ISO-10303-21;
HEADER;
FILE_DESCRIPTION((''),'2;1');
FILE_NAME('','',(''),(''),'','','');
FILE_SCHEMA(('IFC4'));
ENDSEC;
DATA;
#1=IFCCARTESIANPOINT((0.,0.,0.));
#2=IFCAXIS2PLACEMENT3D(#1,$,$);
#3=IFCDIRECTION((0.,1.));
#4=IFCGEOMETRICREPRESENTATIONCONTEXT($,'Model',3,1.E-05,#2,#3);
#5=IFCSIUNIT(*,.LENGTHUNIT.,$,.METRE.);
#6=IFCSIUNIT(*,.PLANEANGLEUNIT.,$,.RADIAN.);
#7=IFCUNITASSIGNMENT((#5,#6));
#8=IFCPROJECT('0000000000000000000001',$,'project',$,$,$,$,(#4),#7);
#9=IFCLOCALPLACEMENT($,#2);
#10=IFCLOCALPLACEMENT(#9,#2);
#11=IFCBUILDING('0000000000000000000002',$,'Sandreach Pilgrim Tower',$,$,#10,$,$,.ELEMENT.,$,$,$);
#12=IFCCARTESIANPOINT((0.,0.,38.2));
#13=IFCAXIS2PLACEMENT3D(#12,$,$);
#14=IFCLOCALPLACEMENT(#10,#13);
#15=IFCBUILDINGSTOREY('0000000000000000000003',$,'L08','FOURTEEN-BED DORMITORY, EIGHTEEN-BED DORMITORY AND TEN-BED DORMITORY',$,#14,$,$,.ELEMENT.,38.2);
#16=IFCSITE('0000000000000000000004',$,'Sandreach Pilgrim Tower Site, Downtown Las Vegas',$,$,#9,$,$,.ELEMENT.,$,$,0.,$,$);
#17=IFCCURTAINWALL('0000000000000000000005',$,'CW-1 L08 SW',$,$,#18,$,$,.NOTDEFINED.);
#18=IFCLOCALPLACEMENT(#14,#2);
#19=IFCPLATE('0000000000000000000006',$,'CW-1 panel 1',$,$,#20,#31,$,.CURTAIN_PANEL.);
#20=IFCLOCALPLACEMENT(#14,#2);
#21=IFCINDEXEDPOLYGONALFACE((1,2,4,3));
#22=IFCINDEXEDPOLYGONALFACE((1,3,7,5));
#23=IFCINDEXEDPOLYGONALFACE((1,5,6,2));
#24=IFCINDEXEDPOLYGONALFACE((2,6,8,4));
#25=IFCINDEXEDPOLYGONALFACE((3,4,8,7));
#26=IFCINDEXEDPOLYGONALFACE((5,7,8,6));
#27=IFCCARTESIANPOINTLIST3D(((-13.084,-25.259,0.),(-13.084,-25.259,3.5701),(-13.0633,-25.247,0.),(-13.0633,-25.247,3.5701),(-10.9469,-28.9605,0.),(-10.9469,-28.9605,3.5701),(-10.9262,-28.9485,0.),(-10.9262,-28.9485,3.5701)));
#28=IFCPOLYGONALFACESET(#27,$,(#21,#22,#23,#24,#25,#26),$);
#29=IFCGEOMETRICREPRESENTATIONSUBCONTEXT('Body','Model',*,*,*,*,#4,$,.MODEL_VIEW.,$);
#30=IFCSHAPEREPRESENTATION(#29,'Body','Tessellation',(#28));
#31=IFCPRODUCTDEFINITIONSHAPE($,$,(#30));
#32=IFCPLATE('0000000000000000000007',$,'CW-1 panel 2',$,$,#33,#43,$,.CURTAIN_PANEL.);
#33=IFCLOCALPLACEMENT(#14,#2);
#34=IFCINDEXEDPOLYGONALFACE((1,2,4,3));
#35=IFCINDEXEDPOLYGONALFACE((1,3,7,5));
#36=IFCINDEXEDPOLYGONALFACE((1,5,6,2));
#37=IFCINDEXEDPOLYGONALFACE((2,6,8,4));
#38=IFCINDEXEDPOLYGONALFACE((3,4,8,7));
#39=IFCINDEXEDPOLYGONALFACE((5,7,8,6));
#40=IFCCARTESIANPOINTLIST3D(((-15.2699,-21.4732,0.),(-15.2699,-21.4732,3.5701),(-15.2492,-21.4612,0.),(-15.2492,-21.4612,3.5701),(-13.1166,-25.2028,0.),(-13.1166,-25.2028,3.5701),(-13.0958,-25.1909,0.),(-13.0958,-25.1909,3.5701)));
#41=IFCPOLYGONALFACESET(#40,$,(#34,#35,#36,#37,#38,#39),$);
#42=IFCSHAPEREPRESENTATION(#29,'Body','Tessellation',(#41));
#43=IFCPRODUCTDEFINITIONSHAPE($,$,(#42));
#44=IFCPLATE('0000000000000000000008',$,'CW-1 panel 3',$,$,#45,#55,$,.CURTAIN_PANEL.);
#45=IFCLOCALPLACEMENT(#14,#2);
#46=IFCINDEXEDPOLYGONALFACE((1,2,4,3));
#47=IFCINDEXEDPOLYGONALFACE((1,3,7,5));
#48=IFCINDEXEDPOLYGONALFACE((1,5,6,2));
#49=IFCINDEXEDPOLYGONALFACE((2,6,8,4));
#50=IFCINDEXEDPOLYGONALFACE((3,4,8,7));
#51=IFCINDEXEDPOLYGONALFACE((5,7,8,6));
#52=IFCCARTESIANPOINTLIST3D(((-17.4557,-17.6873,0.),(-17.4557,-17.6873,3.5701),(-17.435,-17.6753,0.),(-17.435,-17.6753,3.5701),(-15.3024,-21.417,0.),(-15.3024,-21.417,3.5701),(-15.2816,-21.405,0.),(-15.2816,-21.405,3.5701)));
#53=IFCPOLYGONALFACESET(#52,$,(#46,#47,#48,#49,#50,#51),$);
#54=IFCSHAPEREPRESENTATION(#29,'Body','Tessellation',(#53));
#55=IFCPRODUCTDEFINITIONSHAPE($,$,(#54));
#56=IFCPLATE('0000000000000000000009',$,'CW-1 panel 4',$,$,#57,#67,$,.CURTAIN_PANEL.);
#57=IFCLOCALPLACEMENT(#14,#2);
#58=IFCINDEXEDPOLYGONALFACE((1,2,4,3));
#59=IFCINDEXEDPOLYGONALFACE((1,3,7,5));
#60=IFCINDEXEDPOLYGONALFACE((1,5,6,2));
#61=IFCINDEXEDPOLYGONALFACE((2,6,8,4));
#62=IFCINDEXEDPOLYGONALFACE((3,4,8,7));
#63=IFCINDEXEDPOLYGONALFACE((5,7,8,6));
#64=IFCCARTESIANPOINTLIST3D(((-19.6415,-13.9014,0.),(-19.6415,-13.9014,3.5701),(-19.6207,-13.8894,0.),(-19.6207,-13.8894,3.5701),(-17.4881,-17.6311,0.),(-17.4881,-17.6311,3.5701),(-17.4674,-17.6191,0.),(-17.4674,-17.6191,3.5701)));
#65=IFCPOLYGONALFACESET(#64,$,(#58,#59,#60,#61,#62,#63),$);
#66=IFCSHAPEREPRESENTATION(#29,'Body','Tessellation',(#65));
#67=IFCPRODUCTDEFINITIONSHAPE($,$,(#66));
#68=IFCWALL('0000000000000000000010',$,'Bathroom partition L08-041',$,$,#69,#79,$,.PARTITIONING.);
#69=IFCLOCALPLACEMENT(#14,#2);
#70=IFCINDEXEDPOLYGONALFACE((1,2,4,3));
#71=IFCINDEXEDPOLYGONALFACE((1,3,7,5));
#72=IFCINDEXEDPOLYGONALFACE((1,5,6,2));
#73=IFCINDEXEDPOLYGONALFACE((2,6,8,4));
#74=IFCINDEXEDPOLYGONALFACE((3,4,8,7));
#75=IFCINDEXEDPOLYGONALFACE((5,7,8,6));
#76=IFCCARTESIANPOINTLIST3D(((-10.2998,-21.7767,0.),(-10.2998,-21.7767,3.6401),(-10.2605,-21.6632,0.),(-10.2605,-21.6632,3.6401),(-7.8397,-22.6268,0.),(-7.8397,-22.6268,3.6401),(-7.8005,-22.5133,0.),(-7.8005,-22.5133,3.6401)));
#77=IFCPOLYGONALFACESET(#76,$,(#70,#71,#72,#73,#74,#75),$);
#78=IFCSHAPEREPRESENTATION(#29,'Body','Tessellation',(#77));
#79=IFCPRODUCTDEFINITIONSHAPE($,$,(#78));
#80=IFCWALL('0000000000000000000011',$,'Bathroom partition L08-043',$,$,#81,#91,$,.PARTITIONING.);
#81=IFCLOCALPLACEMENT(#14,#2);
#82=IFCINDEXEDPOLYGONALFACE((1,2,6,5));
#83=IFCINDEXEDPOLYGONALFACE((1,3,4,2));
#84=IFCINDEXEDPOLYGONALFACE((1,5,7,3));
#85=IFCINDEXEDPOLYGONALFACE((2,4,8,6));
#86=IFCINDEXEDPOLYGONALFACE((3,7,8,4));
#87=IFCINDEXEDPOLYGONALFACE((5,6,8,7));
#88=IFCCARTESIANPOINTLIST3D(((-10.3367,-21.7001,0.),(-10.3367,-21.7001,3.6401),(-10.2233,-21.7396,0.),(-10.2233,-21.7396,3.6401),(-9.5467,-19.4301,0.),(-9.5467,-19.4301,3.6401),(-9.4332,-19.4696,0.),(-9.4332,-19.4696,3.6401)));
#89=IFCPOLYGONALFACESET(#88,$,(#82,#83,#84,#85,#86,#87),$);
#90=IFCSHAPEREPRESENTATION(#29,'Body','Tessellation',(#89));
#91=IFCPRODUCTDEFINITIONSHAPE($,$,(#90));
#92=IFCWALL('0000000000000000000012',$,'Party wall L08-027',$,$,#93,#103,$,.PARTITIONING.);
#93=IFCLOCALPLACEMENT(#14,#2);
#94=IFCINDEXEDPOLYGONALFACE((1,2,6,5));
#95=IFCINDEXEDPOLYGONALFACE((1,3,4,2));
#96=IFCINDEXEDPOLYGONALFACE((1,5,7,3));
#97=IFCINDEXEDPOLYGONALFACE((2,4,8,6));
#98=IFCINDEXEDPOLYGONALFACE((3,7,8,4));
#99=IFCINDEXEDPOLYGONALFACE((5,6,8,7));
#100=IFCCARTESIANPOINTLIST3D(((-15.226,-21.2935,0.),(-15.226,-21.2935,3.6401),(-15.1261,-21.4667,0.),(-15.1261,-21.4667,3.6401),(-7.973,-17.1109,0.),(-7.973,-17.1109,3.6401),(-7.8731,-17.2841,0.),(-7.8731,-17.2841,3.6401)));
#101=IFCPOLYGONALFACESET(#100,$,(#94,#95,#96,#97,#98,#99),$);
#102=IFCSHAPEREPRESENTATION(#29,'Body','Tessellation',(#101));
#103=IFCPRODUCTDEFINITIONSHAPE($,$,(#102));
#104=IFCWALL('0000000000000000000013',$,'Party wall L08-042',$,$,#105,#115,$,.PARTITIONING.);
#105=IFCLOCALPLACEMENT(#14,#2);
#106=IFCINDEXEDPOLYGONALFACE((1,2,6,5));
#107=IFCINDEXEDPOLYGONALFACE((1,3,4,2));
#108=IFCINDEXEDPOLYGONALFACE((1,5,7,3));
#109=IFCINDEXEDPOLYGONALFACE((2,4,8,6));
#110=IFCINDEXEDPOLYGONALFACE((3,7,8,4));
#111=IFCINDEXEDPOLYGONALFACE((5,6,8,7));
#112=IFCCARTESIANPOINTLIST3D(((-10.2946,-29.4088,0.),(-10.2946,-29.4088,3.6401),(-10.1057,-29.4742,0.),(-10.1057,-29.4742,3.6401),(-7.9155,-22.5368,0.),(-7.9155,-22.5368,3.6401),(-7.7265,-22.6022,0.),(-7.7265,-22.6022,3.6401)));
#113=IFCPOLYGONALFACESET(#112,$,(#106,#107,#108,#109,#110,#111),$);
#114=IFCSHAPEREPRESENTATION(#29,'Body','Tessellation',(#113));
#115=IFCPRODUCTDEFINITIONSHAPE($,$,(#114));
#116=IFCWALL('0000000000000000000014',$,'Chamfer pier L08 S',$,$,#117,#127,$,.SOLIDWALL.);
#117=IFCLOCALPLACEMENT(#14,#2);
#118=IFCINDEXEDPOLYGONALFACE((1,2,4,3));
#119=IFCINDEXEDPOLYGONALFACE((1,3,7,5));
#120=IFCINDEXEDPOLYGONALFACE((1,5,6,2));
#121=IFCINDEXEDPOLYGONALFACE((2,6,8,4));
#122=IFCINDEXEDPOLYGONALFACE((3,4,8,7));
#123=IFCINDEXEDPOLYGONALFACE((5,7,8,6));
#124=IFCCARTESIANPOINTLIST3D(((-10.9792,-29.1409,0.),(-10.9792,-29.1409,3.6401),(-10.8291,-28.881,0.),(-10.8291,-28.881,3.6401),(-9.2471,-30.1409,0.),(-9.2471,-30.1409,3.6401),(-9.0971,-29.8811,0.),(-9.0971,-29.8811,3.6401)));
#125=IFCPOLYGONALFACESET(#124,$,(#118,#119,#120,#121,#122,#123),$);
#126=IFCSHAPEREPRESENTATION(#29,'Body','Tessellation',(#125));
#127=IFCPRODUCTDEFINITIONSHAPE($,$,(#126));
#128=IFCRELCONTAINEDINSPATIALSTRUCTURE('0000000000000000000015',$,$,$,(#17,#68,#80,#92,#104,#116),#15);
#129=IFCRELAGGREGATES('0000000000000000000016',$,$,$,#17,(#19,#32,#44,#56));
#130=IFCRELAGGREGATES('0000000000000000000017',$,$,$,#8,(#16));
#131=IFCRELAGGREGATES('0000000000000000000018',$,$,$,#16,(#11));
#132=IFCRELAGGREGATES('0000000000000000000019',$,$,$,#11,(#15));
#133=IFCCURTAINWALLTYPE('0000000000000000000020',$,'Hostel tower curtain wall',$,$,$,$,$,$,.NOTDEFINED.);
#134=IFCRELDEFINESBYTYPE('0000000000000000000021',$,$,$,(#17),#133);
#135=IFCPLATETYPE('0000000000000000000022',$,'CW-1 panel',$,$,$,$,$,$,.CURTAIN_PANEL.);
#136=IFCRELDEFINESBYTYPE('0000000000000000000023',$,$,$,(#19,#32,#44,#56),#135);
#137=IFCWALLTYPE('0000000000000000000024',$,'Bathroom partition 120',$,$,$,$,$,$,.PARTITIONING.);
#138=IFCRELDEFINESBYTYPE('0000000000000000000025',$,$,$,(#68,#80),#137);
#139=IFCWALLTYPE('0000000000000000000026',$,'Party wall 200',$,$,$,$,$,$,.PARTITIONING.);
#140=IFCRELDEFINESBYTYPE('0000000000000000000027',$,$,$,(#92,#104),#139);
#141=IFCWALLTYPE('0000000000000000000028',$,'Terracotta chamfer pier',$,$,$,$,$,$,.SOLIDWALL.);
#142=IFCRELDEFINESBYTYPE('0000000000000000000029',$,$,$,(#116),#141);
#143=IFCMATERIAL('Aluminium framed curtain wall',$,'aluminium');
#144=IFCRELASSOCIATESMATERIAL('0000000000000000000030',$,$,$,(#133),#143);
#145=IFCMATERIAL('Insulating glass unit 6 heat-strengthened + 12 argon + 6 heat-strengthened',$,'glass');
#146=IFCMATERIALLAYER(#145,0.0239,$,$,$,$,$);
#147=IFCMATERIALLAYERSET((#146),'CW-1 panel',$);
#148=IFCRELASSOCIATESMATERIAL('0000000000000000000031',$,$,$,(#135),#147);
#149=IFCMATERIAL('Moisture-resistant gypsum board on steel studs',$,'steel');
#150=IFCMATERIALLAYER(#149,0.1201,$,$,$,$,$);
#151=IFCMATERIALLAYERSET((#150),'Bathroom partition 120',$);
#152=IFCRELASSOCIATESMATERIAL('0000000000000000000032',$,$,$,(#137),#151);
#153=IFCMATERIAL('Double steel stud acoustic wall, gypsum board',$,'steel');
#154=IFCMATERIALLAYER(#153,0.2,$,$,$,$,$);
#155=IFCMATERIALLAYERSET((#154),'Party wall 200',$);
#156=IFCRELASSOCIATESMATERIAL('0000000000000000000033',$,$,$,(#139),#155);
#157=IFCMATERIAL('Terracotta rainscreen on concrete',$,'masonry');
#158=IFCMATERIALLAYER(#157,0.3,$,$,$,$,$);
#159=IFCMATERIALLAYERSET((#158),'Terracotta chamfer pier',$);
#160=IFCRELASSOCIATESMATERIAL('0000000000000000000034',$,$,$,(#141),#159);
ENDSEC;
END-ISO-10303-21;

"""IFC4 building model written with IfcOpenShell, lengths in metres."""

from ifc_helpers import new_model, si_unit, direction, frame, frame_2d, origin, origin_2d, place, context, subcontext, project, spatial, rectangle, extrude, material, layer, layer_set, type_object, element, aggregate, save


model = new_model("IFC4")

# Units and contexts
model_context = context("Model", 3, precision=1e-05, world=origin(), true_north=direction((0.0, 1.0)))
body_context = subcontext(model_context, "Body", "Model", "MODEL_VIEW")
ifc_project = project(units=[si_unit("LENGTHUNIT", "METRE"), si_unit("PLANEANGLEUNIT", "RADIAN")], contexts=[model_context])

# Site, building, storey
site_placement = place(None, origin())
site = spatial("IfcSite", under=ifc_project, at=site_placement, Name="Sandreach Pilgrim Tower Site, Downtown Las Vegas", CompositionType="ELEMENT", RefElevation=0.0)
building_placement = place(site_placement, origin())
building = spatial("IfcBuilding", under=site, at=building_placement, Name="Sandreach Pilgrim Tower", CompositionType="ELEMENT")
storey_placement = place(building_placement, frame((0.0, 0.0, 38.2)))
storey = spatial("IfcBuildingStorey", under=building, at=storey_placement, Name="L08", Description="FOURTEEN-BED DORMITORY, EIGHTEEN-BED DORMITORY AND TEN-BED DORMITORY", CompositionType="ELEMENT", Elevation=38.2)

# Shared definitions
ifc_material_1 = material(Name="Aluminium framed curtain wall", Category="aluminium")
curtain_wall_type = type_object("IfcCurtainWallType", Name="Hostel tower curtain wall", PredefinedType="NOTDEFINED", material=ifc_material_1)

# Curtain wall
curtain_wall_1_placement = place(storey_placement, origin())
curtain_wall_1 = element("IfcCurtainWall", 1, at=curtain_wall_1_placement, inside=storey, type_object=curtain_wall_type, Name="CW-1 L08 SW", PredefinedType="NOTDEFINED")

# Plates
ifc_material_2 = material(Name="Insulating glass unit 6 heat-strengthened + 12 argon + 6 heat-strengthened", Category="glass")
ifc_layer_1 = layer(ifc_material_2, 0.0239)
ifc_layer_set_1 = layer_set([ifc_layer_1], Name="CW-1 panel")
plate_type = type_object("IfcPlateType", Name="CW-1 panel", PredefinedType="CURTAIN_PANEL", material=ifc_layer_set_1)
plate_1_placement = place(storey_placement, frame((-12.0051, -27.1038, 0.0), z_axis=(0.0, 0.0, 1.0), x_axis=(-0.5, 0.866025, 0.0)))
plate_1 = element("IfcPlate", 2, at=plate_1_placement, type_object=plate_type, Name="CW-1 panel 1", PredefinedType="CURTAIN_PANEL", context=body_context, shape_type="SweptSolid", body=[
    extrude(rectangle(XDim=4.2742, YDim=0.0239, at=origin_2d()), origin(), (0.0, 0.0, 1.0), 3.5701),
])
plate_2_placement = place(storey_placement, frame((-14.1829, -23.332, 0.0), z_axis=(0.0, 0.0, 1.0), x_axis=(-0.5, 0.866025, 0.0)))
plate_2 = element("IfcPlate", 3, at=plate_2_placement, type_object=plate_type, Name="CW-1 panel 2", PredefinedType="CURTAIN_PANEL", context=body_context, shape_type="SweptSolid", body=[
    extrude(rectangle(XDim=4.3066, YDim=0.0239, at=origin_2d()), origin(), (0.0, 0.0, 1.0), 3.5701),
])
plate_3_placement = place(storey_placement, frame((-16.3687, -19.5461, 0.0), z_axis=(0.0, 0.0, 1.0), x_axis=(-0.5, 0.866025, 0.0)))
plate_3 = element("IfcPlate", 4, at=plate_3_placement, type_object=plate_type, Name="CW-1 panel 3", PredefinedType="CURTAIN_PANEL", context=body_context, shape_type="SweptSolid", body=[
    extrude(rectangle(XDim=4.3066, YDim=0.0239, at=origin_2d()), origin(), (0.0, 0.0, 1.0), 3.5701),
])
plate_4_placement = place(storey_placement, frame((-18.5544, -15.7603, 0.0), z_axis=(0.0, 0.0, 1.0), x_axis=(-0.5, 0.866025, 0.0)))
plate_4 = element("IfcPlate", 5, at=plate_4_placement, type_object=plate_type, Name="CW-1 panel 4", PredefinedType="CURTAIN_PANEL", context=body_context, shape_type="SweptSolid", body=[
    extrude(rectangle(XDim=4.3066, YDim=0.0239, at=origin_2d()), origin(), (0.0, 0.0, 1.0), 3.5701),
])
aggregate(curtain_wall_1, [plate_1, plate_2, plate_3, plate_4])

# Walls
ifc_material_3 = material(Name="Moisture-resistant gypsum board on steel studs", Category="steel")
ifc_layer_2 = layer(ifc_material_3, 0.1201)
ifc_layer_set_2 = layer_set([ifc_layer_2], Name="Bathroom partition 120")
wall_type_1 = type_object("IfcWallType", Name="Bathroom partition 120", PredefinedType="PARTITIONING", material=ifc_layer_set_2)
wall_1_placement = place(storey_placement, frame((-10.28, -21.72, 0.0), z_axis=(0.0, 0.0, 1.0), x_axis=(0.945155, -0.326621, 0.0)))
element("IfcWall", 6, at=wall_1_placement, inside=storey, type_object=wall_type_1, Name="Bathroom partition L08-041", PredefinedType="PARTITIONING", context=body_context, shape_type="SweptSolid", body=[
    extrude(rectangle(XDim=2.6028, YDim=0.1201, at=frame_2d((1.3013, 0.0))), origin(), (0.0, 0.0, 1.0), 3.6401),
])
wall_2_placement = place(storey_placement, frame((-9.49, -19.45, 0.0), z_axis=(0.0, 0.0, 1.0), x_axis=(-0.328694, -0.944436, 0.0)))
element("IfcWall", 7, at=wall_2_placement, inside=storey, type_object=wall_type_1, Name="Bathroom partition L08-043", PredefinedType="PARTITIONING", context=body_context, shape_type="SweptSolid", body=[
    extrude(rectangle(XDim=2.4036, YDim=0.1201, at=frame_2d((1.2017, 0.0))), origin(), (0.0, 0.0, 1.0), 3.6401),
])
ifc_material_4 = material(Name="Double steel stud acoustic wall, gypsum board", Category="steel")
ifc_layer_3 = layer(ifc_material_4, 0.2)
ifc_layer_set_3 = layer_set([ifc_layer_3], Name="Party wall 200")
wall_type_2 = type_object("IfcWallType", Name="Party wall 200", PredefinedType="PARTITIONING", material=ifc_layer_set_3)
wall_3_placement = place(storey_placement, frame((-15.176, -21.3801, 0.0), z_axis=(0.0, 0.0, 1.0), x_axis=(0.866277, 0.499564, 0.0)))
element("IfcWall", 8, at=wall_3_placement, inside=storey, type_object=wall_type_2, Name="Party wall L08-027", PredefinedType="PARTITIONING", context=body_context, shape_type="SweptSolid", body=[
    extrude(rectangle(XDim=8.3726, YDim=0.2, at=frame_2d((4.1863, 0.0))), origin(), (0.0, 0.0, 1.0), 3.6401),
])
wall_4_placement = place(storey_placement, frame((-10.2002, -29.4417, 0.0), z_axis=(0.0, 0.0, 1.0), x_axis=(0.327154, 0.944971, 0.0)))
element("IfcWall", 9, at=wall_4_placement, inside=storey, type_object=wall_type_2, Name="Party wall L08-042", PredefinedType="PARTITIONING", context=body_context, shape_type="SweptSolid", body=[
    extrude(rectangle(XDim=7.2722, YDim=0.2, at=frame_2d((3.6362, 0.0))), origin(), (0.0, 0.0, 1.0), 3.6401),
])
ifc_material_5 = material(Name="Terracotta rainscreen on concrete", Category="masonry")
ifc_layer_4 = layer(ifc_material_5, 0.3)
ifc_layer_set_4 = layer_set([ifc_layer_4], Name="Terracotta chamfer pier")
wall_type_3 = type_object("IfcWallType", Name="Terracotta chamfer pier", PredefinedType="SOLIDWALL", material=ifc_layer_set_4)
wall_5_placement = place(storey_placement, frame((-9.1721, -30.011, 0.0), z_axis=(0.0, 0.0, 1.0), x_axis=(-0.866011, 0.500025, 0.0)))
element("IfcWall", 10, at=wall_5_placement, inside=storey, type_object=wall_type_3, Name="Chamfer pier L08 S", PredefinedType="SOLIDWALL", context=body_context, shape_type="SweptSolid", body=[
    extrude(rectangle(XDim=2.0, YDim=0.3, at=frame_2d((1.0, 0.0))), origin(), (0.0, 0.0, 1.0), 3.6401),
])

save(model, "model.ifc")
